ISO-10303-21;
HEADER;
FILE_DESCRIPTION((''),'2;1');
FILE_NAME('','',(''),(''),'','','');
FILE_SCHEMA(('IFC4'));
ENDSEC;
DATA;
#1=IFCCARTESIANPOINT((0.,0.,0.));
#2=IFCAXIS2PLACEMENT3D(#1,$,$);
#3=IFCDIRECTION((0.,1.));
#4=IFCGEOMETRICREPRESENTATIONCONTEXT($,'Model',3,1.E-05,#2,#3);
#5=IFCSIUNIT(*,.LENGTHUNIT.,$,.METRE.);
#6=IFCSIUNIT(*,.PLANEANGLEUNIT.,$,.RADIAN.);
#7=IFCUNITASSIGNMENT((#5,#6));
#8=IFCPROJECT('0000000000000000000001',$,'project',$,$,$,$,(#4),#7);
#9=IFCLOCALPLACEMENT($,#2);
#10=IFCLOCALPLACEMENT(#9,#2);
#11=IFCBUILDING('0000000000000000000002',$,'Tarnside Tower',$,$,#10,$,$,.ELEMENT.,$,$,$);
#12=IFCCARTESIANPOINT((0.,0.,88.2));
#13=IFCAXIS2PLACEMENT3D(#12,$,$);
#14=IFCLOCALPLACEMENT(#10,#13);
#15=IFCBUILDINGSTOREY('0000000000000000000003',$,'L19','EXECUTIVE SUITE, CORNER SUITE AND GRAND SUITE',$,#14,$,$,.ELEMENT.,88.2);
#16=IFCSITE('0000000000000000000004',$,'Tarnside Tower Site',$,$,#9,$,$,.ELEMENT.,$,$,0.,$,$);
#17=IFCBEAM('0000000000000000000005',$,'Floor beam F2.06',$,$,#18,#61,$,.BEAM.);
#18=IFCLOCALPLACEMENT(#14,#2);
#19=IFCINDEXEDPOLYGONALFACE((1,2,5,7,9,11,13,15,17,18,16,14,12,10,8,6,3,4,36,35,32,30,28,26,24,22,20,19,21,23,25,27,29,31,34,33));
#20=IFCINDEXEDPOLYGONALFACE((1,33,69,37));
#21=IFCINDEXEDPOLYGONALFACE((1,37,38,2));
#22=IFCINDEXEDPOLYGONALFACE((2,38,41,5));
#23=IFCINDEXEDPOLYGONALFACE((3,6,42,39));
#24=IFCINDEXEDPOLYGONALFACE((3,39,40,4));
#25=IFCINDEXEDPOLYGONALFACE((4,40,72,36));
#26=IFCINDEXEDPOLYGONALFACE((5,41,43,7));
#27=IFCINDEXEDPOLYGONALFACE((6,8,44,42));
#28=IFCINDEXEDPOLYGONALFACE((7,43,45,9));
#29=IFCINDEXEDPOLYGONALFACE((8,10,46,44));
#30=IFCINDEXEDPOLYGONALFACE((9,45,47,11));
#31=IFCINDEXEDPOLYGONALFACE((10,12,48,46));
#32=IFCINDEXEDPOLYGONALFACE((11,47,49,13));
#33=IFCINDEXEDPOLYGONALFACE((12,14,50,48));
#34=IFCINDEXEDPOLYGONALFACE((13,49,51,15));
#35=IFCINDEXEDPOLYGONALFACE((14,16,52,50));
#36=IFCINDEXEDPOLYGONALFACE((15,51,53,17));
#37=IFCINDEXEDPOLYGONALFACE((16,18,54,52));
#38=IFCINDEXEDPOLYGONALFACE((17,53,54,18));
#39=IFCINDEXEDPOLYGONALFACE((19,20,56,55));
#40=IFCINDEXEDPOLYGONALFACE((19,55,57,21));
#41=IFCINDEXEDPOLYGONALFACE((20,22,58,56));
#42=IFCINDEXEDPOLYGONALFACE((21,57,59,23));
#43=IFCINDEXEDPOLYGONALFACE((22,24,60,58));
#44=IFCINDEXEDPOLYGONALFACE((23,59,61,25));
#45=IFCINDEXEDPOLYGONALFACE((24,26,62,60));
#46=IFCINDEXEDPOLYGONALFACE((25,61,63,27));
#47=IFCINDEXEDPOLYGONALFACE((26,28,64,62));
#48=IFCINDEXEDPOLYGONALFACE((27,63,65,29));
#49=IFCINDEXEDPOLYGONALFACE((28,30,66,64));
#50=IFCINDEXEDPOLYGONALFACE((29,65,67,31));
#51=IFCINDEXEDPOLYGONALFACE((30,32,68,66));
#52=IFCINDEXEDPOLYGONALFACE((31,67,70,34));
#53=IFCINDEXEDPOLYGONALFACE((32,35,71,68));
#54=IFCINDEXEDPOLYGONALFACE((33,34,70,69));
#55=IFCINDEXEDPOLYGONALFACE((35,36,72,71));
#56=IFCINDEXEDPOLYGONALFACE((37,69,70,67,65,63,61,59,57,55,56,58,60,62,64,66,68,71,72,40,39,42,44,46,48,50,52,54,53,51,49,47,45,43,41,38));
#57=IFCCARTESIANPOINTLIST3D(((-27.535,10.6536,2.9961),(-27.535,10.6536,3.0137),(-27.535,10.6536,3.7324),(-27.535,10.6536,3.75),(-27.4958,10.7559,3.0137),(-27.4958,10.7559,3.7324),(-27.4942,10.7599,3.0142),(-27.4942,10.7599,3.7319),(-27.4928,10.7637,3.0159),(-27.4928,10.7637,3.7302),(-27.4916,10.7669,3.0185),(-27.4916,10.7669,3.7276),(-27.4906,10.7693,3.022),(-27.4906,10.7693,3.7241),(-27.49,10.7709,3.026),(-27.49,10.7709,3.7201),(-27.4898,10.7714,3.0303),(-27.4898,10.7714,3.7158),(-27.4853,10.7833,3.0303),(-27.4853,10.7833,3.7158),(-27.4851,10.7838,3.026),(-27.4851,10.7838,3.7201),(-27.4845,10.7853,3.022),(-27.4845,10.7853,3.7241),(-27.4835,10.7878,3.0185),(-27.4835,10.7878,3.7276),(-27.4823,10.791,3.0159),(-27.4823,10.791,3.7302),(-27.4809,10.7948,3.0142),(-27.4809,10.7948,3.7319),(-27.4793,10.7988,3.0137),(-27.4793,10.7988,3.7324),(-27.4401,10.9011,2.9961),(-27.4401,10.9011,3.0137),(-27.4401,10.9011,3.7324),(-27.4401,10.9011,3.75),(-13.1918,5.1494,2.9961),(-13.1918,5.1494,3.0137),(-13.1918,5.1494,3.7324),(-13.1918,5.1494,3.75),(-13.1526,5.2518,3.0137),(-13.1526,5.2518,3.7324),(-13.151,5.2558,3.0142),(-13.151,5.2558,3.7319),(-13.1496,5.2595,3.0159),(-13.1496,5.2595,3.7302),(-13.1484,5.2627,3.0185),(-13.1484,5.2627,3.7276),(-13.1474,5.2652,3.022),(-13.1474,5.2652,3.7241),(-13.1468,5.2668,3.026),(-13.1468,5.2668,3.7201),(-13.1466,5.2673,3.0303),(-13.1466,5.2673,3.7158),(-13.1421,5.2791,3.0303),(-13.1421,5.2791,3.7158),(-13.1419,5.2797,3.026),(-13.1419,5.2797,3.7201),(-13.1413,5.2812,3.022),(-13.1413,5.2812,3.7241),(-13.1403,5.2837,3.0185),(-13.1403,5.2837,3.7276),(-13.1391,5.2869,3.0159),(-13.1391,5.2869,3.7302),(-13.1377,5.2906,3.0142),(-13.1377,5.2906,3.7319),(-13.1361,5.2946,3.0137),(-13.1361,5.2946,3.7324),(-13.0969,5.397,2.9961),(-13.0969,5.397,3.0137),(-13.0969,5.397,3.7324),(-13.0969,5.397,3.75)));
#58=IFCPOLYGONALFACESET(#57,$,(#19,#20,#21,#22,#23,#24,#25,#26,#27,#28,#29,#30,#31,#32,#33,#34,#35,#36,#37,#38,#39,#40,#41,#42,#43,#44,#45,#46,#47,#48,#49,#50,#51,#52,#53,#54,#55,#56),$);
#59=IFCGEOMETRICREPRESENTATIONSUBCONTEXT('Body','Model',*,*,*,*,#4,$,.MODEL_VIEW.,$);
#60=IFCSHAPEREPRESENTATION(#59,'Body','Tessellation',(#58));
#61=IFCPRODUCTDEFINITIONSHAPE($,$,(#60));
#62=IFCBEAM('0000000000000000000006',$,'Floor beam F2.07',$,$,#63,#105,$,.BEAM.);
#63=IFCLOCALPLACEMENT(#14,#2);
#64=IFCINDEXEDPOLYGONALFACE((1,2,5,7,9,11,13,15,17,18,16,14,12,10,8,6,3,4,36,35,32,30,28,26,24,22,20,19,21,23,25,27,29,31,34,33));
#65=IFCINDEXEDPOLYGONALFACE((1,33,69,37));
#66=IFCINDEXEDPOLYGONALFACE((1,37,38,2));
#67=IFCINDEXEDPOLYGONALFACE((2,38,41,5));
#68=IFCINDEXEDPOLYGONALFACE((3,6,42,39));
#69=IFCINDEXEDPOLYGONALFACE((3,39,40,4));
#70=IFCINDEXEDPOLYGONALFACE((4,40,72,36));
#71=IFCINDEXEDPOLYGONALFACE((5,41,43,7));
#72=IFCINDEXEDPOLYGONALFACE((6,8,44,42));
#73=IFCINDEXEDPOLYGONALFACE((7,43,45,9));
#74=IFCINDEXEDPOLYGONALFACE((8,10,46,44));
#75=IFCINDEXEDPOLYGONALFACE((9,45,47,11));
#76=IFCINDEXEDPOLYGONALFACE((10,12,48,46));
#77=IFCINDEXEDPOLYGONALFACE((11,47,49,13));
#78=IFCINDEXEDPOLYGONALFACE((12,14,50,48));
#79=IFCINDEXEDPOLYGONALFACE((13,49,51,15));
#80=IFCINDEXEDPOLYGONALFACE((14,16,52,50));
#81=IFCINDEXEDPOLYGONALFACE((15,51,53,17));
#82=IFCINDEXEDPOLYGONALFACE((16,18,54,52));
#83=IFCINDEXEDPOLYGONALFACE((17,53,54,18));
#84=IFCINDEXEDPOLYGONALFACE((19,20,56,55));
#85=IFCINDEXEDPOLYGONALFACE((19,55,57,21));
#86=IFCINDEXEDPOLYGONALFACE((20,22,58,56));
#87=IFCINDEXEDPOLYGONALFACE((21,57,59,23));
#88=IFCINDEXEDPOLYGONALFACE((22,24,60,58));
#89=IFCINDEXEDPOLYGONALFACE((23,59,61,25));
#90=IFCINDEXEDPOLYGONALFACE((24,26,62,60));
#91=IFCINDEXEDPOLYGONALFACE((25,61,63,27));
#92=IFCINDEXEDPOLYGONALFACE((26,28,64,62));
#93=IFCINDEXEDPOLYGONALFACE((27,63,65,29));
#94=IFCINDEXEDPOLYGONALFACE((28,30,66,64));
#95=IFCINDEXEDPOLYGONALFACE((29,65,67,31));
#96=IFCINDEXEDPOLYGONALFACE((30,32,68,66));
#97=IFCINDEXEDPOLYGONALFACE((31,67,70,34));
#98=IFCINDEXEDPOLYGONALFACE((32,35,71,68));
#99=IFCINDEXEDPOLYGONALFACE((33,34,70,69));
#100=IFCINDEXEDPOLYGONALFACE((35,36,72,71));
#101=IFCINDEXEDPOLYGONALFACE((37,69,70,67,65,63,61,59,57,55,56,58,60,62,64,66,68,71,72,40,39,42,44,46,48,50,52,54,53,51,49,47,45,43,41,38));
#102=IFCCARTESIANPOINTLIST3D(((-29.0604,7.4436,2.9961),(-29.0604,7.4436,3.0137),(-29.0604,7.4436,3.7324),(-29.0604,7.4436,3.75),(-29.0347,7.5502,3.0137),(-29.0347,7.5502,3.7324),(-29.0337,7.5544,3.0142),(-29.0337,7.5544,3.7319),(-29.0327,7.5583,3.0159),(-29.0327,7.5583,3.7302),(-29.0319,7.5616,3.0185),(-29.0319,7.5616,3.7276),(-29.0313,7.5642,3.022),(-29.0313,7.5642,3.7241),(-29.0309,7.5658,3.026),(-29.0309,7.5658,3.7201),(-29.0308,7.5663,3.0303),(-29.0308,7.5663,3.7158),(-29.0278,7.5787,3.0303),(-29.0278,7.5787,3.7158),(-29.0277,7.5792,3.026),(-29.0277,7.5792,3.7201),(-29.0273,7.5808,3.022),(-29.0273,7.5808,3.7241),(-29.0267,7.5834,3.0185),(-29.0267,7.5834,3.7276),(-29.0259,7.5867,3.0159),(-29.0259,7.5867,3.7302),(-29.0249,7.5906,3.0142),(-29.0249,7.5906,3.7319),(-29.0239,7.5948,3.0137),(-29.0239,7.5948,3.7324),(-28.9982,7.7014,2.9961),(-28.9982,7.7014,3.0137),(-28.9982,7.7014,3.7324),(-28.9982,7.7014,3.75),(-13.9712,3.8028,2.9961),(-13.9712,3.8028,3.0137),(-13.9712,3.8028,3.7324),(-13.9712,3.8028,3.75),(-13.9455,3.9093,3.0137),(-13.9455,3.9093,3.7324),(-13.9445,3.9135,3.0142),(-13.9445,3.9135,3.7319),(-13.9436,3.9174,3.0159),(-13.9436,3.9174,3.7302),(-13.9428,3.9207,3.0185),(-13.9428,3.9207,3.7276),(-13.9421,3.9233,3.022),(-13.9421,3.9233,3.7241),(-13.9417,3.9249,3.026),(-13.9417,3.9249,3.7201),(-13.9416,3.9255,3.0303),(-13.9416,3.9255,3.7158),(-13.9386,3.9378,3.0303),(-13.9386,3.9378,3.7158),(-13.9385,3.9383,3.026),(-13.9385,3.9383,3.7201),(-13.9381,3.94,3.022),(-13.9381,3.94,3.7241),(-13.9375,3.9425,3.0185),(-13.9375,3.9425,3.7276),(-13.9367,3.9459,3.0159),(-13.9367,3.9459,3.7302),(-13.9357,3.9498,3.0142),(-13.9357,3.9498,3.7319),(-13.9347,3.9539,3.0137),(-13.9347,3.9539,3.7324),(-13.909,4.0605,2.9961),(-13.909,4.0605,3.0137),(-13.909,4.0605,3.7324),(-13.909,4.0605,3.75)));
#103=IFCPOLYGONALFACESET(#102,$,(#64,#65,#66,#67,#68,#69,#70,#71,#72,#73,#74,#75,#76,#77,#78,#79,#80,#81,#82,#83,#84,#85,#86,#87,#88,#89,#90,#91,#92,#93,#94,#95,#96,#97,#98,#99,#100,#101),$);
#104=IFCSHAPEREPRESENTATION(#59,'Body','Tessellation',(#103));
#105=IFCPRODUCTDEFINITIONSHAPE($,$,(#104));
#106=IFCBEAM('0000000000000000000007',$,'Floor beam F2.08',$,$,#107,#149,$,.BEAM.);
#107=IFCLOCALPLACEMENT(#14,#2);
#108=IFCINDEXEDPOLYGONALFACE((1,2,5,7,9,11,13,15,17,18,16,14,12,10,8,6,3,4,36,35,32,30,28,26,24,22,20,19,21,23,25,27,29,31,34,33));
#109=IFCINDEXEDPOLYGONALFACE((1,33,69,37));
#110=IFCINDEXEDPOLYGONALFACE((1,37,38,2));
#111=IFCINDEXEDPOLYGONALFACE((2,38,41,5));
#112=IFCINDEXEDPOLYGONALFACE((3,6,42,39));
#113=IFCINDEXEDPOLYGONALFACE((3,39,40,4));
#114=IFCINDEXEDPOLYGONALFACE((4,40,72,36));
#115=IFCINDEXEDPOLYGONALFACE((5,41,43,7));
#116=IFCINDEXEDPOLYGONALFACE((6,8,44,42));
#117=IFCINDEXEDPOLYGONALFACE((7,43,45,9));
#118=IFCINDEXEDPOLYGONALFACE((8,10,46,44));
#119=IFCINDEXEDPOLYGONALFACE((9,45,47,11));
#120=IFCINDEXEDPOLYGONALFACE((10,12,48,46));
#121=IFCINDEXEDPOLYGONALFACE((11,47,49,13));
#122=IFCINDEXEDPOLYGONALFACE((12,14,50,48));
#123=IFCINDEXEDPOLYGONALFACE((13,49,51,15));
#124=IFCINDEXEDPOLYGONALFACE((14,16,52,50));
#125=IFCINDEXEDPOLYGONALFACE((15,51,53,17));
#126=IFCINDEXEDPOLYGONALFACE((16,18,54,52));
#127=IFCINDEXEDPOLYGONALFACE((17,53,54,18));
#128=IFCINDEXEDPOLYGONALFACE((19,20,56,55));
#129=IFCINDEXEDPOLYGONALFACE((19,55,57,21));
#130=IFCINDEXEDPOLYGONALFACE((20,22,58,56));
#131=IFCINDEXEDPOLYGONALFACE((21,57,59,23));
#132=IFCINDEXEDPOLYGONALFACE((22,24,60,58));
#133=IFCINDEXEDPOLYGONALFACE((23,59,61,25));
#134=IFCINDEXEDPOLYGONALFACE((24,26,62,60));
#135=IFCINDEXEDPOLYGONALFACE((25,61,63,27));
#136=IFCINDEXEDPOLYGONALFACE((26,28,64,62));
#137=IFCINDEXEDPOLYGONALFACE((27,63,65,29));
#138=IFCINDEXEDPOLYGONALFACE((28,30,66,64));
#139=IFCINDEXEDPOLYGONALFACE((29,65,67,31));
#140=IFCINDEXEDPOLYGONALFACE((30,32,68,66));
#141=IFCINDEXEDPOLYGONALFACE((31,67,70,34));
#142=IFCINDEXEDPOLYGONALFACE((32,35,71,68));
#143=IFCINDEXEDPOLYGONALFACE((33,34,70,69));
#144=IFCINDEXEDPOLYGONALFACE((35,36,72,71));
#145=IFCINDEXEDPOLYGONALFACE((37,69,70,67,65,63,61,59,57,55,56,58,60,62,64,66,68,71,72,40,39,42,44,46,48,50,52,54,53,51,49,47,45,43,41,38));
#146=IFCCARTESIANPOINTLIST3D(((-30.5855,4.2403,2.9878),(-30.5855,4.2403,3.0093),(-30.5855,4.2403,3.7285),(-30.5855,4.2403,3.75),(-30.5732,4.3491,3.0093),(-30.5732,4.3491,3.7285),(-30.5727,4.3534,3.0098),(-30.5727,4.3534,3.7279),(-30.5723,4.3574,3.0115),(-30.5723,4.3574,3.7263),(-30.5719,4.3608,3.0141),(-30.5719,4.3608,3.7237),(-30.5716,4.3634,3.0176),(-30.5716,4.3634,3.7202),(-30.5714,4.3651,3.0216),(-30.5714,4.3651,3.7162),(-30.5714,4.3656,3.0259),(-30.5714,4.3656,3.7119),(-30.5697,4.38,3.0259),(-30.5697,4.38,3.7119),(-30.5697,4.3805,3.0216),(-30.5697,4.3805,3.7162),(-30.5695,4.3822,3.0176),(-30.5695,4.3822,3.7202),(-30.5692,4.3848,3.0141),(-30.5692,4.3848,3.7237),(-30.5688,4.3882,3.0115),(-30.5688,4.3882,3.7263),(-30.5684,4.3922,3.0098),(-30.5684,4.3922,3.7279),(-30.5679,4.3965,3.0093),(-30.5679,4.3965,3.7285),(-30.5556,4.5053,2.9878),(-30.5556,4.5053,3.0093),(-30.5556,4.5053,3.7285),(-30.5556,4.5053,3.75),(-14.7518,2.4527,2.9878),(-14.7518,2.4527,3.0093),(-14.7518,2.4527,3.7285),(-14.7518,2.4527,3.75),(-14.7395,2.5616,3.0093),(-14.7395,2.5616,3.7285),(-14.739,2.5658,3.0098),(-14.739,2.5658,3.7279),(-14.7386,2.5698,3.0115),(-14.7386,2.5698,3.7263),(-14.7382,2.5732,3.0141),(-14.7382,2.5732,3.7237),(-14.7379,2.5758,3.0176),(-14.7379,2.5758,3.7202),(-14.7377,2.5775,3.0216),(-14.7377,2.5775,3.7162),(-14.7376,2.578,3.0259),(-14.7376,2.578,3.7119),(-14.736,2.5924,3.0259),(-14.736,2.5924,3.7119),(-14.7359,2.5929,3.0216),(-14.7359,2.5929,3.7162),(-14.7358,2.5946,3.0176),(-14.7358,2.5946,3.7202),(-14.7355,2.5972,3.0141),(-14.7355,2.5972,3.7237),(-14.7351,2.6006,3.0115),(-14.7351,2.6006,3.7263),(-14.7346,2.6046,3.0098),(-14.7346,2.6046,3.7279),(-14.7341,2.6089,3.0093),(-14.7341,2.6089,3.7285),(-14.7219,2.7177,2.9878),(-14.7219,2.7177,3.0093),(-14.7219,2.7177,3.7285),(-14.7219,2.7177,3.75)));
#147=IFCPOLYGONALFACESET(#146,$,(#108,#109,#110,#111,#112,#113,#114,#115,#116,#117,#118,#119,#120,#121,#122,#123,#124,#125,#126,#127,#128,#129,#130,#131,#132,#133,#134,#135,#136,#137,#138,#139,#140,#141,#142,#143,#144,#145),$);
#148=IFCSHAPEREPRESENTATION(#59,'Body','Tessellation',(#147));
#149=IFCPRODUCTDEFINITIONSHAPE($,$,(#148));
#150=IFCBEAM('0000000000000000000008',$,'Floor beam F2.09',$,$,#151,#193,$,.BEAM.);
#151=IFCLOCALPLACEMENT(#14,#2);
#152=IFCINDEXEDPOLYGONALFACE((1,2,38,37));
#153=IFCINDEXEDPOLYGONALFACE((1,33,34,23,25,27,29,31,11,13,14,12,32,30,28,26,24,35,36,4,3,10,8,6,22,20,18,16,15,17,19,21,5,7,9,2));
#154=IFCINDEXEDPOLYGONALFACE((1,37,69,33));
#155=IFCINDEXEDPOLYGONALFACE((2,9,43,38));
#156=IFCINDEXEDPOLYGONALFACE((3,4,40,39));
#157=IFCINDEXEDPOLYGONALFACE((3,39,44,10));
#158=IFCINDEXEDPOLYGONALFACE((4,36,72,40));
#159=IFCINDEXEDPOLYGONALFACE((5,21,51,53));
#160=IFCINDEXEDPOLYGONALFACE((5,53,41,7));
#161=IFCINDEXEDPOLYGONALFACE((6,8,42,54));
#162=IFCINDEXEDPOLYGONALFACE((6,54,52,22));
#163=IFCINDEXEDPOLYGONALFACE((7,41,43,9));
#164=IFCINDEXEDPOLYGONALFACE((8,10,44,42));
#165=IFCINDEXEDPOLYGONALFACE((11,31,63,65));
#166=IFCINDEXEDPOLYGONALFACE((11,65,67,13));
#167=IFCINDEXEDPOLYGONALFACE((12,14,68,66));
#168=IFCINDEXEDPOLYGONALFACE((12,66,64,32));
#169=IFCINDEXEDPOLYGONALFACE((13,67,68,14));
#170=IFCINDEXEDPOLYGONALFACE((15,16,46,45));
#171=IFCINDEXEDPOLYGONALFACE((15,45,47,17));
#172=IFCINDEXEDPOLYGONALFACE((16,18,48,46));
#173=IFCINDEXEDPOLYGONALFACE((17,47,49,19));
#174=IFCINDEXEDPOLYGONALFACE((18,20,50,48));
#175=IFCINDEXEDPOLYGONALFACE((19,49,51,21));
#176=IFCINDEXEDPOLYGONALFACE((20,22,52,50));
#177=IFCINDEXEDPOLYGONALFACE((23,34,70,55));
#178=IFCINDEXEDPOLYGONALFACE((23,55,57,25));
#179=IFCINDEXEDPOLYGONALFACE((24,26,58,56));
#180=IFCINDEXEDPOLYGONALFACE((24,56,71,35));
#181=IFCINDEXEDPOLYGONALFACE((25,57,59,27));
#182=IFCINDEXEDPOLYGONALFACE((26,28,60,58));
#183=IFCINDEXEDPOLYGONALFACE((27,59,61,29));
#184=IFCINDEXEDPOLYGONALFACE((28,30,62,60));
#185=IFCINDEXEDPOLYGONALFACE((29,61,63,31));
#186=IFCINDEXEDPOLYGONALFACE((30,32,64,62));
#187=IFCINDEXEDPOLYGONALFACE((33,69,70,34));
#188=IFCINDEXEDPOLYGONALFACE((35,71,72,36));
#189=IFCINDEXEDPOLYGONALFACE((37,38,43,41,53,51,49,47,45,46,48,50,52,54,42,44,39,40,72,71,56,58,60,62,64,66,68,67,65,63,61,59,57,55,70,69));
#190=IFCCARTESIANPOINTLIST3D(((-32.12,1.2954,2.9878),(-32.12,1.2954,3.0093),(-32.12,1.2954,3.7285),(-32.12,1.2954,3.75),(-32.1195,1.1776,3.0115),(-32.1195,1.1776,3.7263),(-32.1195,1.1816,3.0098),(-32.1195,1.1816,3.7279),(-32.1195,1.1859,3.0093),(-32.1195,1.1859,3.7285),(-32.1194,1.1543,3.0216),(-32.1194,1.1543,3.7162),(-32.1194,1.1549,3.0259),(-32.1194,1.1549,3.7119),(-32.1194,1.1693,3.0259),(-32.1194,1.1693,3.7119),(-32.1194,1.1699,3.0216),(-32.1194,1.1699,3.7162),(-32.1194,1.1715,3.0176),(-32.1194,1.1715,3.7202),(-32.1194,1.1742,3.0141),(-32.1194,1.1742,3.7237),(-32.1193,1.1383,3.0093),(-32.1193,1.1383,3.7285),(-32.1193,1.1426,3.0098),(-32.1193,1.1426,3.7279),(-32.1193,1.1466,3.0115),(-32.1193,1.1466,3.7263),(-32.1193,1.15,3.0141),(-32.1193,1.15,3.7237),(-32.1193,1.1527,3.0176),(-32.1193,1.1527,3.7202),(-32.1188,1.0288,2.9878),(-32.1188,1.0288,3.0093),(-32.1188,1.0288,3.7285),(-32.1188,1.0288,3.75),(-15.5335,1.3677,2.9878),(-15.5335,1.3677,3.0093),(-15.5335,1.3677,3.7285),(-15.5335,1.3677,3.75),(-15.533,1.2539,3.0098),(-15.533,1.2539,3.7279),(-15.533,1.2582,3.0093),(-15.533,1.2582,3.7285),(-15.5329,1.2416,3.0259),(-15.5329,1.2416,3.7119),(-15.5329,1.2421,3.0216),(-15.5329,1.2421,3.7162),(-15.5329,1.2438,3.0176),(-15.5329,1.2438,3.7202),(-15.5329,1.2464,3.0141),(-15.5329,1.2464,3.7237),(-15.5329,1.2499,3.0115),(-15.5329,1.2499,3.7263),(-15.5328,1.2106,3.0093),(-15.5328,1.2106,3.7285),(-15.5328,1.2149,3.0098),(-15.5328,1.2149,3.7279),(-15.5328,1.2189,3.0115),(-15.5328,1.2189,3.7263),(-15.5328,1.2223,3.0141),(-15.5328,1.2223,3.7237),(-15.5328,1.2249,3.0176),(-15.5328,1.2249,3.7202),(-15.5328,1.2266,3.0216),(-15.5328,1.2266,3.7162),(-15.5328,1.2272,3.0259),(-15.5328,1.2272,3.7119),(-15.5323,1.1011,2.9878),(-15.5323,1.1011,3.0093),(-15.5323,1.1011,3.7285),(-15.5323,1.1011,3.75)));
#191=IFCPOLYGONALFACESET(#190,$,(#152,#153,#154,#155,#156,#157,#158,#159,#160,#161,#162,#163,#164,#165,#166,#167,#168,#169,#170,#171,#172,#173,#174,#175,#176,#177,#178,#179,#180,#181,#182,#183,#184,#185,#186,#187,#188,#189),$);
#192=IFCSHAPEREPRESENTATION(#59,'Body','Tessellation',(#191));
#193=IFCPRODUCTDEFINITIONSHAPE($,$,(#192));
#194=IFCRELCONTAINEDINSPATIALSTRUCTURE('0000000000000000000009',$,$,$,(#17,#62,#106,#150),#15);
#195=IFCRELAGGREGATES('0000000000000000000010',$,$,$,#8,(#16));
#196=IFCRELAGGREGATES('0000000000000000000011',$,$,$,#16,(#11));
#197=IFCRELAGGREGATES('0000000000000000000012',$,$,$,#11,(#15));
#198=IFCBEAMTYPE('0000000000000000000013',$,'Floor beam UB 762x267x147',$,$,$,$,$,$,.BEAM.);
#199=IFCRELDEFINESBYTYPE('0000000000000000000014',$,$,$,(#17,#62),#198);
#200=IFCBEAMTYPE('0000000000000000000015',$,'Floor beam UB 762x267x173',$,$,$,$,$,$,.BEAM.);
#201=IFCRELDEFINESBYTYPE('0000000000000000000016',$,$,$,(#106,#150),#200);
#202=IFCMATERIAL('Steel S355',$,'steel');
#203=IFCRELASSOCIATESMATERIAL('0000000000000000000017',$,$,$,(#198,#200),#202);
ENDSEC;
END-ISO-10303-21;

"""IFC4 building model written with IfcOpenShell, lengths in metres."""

from ifc_helpers import new_model, si_unit, direction, frame, origin, origin_2d, place, context, subcontext, project, spatial, i_section, extrude, material, material_profile, profile_set, type_object, element, save


model = new_model("IFC4")

# Units and contexts
model_context = context("Model", 3, precision=1e-05, world=origin(), true_north=direction((0.0, 1.0)))
body_context = subcontext(model_context, "Body", "Model", "MODEL_VIEW")
ifc_project = project(units=[si_unit("LENGTHUNIT", "METRE"), si_unit("PLANEANGLEUNIT", "RADIAN")], contexts=[model_context])

# Site, building, storey
site_placement = place(None, origin())
site = spatial("IfcSite", under=ifc_project, at=site_placement, Name="Tarnside Tower Site", CompositionType="ELEMENT", RefElevation=0.0)
building_placement = place(site_placement, origin())
building = spatial("IfcBuilding", under=site, at=building_placement, Name="Tarnside Tower", CompositionType="ELEMENT")
storey_placement = place(building_placement, frame((0.0, 0.0, 88.2)))
storey = spatial("IfcBuildingStorey", under=building, at=storey_placement, Name="L19", Description="EXECUTIVE SUITE, CORNER SUITE AND GRAND SUITE", CompositionType="ELEMENT", Elevation=88.2)

# Beams
ifc_material_1 = material(Name="Steel S355", Category="steel")
ifc_material_profile_1 = material_profile(ifc_material_1, i_section(OverallWidth=0.2651, OverallDepth=0.7539, WebThickness=0.0127, FlangeThickness=0.0176, FilletRadius=0.0166, at=origin_2d()), Name="UB 762x267x147")
ifc_profile_set_1 = profile_set([ifc_material_profile_1], Name="Steel S355")
beam_type_1 = type_object("IfcBeamType", Name="Floor beam UB 762x267x147", PredefinedType="BEAM", material=ifc_profile_set_1)
beam_1_placement = place(storey_placement, frame((-27.4875, 10.7773, 3.373), z_axis=(0.933618, -0.358271, 0.0), x_axis=(0.358271, 0.933618, 0.0)))
element("IfcBeam", 1, at=beam_1_placement, inside=storey, type_object=beam_type_1, Name="Floor beam F2.06", PredefinedType="BEAM", context=body_context, shape_type="SweptSolid", body=[
    extrude(i_section(OverallWidth=0.2651, OverallDepth=0.7539, WebThickness=0.0127, FlangeThickness=0.0176, FilletRadius=0.0166, at=origin_2d()), origin(), (0.0, 0.0, 1.0), 15.363),
])
beam_2_placement = place(storey_placement, frame((-29.0293, 7.5725, 3.373), z_axis=(0.972102, -0.23456, 0.0), x_axis=(0.23456, 0.972102, 0.0)))
element("IfcBeam", 2, at=beam_2_placement, inside=storey, type_object=beam_type_1, Name="Floor beam F2.07", PredefinedType="BEAM", context=body_context, shape_type="SweptSolid", body=[
    extrude(i_section(OverallWidth=0.2651, OverallDepth=0.7539, WebThickness=0.0127, FlangeThickness=0.0176, FilletRadius=0.0166, at=origin_2d()), origin(), (0.0, 0.0, 1.0), 15.5222),
])
ifc_material_profile_2 = material_profile(ifc_material_1, i_section(OverallWidth=0.2666, OverallDepth=0.7622, WebThickness=0.0144, FlangeThickness=0.0215, FilletRadius=0.0166, at=origin_2d()), Name="UB 762x267x173")
ifc_profile_set_2 = profile_set([ifc_material_profile_2], Name="Steel S355")
beam_type_2 = type_object("IfcBeamType", Name="Floor beam UB 762x267x173", PredefinedType="BEAM", material=ifc_profile_set_2)
beam_3_placement = place(storey_placement, frame((-30.5706, 4.3728, 3.3689), z_axis=(0.993687, -0.112185, 0.0), x_axis=(0.112185, 0.993687, 0.0)))
element("IfcBeam", 3, at=beam_3_placement, inside=storey, type_object=beam_type_2, Name="Floor beam F2.08", PredefinedType="BEAM", context=body_context, shape_type="SweptSolid", body=[
    extrude(i_section(OverallWidth=0.2666, OverallDepth=0.7622, WebThickness=0.0144, FlangeThickness=0.0215, FilletRadius=0.0166, at=origin_2d()), origin(), (0.0, 0.0, 1.0), 15.9343),
])
beam_4_placement = place(storey_placement, frame((-32.1194, 1.1621, 3.3689), z_axis=(0.999991, 0.004357, 0.0), x_axis=(-0.004357, 0.999991, 0.0)))
element("IfcBeam", 4, at=beam_4_placement, inside=storey, type_object=beam_type_2, Name="Floor beam F2.09", PredefinedType="BEAM", context=body_context, shape_type="SweptSolid", body=[
    extrude(i_section(OverallWidth=0.2666, OverallDepth=0.7622, WebThickness=0.0144, FlangeThickness=0.0215, FilletRadius=0.0166, at=origin_2d()), origin(), (0.0, 0.0, 1.0), 16.5867),
])

save(model, "model.ifc")
